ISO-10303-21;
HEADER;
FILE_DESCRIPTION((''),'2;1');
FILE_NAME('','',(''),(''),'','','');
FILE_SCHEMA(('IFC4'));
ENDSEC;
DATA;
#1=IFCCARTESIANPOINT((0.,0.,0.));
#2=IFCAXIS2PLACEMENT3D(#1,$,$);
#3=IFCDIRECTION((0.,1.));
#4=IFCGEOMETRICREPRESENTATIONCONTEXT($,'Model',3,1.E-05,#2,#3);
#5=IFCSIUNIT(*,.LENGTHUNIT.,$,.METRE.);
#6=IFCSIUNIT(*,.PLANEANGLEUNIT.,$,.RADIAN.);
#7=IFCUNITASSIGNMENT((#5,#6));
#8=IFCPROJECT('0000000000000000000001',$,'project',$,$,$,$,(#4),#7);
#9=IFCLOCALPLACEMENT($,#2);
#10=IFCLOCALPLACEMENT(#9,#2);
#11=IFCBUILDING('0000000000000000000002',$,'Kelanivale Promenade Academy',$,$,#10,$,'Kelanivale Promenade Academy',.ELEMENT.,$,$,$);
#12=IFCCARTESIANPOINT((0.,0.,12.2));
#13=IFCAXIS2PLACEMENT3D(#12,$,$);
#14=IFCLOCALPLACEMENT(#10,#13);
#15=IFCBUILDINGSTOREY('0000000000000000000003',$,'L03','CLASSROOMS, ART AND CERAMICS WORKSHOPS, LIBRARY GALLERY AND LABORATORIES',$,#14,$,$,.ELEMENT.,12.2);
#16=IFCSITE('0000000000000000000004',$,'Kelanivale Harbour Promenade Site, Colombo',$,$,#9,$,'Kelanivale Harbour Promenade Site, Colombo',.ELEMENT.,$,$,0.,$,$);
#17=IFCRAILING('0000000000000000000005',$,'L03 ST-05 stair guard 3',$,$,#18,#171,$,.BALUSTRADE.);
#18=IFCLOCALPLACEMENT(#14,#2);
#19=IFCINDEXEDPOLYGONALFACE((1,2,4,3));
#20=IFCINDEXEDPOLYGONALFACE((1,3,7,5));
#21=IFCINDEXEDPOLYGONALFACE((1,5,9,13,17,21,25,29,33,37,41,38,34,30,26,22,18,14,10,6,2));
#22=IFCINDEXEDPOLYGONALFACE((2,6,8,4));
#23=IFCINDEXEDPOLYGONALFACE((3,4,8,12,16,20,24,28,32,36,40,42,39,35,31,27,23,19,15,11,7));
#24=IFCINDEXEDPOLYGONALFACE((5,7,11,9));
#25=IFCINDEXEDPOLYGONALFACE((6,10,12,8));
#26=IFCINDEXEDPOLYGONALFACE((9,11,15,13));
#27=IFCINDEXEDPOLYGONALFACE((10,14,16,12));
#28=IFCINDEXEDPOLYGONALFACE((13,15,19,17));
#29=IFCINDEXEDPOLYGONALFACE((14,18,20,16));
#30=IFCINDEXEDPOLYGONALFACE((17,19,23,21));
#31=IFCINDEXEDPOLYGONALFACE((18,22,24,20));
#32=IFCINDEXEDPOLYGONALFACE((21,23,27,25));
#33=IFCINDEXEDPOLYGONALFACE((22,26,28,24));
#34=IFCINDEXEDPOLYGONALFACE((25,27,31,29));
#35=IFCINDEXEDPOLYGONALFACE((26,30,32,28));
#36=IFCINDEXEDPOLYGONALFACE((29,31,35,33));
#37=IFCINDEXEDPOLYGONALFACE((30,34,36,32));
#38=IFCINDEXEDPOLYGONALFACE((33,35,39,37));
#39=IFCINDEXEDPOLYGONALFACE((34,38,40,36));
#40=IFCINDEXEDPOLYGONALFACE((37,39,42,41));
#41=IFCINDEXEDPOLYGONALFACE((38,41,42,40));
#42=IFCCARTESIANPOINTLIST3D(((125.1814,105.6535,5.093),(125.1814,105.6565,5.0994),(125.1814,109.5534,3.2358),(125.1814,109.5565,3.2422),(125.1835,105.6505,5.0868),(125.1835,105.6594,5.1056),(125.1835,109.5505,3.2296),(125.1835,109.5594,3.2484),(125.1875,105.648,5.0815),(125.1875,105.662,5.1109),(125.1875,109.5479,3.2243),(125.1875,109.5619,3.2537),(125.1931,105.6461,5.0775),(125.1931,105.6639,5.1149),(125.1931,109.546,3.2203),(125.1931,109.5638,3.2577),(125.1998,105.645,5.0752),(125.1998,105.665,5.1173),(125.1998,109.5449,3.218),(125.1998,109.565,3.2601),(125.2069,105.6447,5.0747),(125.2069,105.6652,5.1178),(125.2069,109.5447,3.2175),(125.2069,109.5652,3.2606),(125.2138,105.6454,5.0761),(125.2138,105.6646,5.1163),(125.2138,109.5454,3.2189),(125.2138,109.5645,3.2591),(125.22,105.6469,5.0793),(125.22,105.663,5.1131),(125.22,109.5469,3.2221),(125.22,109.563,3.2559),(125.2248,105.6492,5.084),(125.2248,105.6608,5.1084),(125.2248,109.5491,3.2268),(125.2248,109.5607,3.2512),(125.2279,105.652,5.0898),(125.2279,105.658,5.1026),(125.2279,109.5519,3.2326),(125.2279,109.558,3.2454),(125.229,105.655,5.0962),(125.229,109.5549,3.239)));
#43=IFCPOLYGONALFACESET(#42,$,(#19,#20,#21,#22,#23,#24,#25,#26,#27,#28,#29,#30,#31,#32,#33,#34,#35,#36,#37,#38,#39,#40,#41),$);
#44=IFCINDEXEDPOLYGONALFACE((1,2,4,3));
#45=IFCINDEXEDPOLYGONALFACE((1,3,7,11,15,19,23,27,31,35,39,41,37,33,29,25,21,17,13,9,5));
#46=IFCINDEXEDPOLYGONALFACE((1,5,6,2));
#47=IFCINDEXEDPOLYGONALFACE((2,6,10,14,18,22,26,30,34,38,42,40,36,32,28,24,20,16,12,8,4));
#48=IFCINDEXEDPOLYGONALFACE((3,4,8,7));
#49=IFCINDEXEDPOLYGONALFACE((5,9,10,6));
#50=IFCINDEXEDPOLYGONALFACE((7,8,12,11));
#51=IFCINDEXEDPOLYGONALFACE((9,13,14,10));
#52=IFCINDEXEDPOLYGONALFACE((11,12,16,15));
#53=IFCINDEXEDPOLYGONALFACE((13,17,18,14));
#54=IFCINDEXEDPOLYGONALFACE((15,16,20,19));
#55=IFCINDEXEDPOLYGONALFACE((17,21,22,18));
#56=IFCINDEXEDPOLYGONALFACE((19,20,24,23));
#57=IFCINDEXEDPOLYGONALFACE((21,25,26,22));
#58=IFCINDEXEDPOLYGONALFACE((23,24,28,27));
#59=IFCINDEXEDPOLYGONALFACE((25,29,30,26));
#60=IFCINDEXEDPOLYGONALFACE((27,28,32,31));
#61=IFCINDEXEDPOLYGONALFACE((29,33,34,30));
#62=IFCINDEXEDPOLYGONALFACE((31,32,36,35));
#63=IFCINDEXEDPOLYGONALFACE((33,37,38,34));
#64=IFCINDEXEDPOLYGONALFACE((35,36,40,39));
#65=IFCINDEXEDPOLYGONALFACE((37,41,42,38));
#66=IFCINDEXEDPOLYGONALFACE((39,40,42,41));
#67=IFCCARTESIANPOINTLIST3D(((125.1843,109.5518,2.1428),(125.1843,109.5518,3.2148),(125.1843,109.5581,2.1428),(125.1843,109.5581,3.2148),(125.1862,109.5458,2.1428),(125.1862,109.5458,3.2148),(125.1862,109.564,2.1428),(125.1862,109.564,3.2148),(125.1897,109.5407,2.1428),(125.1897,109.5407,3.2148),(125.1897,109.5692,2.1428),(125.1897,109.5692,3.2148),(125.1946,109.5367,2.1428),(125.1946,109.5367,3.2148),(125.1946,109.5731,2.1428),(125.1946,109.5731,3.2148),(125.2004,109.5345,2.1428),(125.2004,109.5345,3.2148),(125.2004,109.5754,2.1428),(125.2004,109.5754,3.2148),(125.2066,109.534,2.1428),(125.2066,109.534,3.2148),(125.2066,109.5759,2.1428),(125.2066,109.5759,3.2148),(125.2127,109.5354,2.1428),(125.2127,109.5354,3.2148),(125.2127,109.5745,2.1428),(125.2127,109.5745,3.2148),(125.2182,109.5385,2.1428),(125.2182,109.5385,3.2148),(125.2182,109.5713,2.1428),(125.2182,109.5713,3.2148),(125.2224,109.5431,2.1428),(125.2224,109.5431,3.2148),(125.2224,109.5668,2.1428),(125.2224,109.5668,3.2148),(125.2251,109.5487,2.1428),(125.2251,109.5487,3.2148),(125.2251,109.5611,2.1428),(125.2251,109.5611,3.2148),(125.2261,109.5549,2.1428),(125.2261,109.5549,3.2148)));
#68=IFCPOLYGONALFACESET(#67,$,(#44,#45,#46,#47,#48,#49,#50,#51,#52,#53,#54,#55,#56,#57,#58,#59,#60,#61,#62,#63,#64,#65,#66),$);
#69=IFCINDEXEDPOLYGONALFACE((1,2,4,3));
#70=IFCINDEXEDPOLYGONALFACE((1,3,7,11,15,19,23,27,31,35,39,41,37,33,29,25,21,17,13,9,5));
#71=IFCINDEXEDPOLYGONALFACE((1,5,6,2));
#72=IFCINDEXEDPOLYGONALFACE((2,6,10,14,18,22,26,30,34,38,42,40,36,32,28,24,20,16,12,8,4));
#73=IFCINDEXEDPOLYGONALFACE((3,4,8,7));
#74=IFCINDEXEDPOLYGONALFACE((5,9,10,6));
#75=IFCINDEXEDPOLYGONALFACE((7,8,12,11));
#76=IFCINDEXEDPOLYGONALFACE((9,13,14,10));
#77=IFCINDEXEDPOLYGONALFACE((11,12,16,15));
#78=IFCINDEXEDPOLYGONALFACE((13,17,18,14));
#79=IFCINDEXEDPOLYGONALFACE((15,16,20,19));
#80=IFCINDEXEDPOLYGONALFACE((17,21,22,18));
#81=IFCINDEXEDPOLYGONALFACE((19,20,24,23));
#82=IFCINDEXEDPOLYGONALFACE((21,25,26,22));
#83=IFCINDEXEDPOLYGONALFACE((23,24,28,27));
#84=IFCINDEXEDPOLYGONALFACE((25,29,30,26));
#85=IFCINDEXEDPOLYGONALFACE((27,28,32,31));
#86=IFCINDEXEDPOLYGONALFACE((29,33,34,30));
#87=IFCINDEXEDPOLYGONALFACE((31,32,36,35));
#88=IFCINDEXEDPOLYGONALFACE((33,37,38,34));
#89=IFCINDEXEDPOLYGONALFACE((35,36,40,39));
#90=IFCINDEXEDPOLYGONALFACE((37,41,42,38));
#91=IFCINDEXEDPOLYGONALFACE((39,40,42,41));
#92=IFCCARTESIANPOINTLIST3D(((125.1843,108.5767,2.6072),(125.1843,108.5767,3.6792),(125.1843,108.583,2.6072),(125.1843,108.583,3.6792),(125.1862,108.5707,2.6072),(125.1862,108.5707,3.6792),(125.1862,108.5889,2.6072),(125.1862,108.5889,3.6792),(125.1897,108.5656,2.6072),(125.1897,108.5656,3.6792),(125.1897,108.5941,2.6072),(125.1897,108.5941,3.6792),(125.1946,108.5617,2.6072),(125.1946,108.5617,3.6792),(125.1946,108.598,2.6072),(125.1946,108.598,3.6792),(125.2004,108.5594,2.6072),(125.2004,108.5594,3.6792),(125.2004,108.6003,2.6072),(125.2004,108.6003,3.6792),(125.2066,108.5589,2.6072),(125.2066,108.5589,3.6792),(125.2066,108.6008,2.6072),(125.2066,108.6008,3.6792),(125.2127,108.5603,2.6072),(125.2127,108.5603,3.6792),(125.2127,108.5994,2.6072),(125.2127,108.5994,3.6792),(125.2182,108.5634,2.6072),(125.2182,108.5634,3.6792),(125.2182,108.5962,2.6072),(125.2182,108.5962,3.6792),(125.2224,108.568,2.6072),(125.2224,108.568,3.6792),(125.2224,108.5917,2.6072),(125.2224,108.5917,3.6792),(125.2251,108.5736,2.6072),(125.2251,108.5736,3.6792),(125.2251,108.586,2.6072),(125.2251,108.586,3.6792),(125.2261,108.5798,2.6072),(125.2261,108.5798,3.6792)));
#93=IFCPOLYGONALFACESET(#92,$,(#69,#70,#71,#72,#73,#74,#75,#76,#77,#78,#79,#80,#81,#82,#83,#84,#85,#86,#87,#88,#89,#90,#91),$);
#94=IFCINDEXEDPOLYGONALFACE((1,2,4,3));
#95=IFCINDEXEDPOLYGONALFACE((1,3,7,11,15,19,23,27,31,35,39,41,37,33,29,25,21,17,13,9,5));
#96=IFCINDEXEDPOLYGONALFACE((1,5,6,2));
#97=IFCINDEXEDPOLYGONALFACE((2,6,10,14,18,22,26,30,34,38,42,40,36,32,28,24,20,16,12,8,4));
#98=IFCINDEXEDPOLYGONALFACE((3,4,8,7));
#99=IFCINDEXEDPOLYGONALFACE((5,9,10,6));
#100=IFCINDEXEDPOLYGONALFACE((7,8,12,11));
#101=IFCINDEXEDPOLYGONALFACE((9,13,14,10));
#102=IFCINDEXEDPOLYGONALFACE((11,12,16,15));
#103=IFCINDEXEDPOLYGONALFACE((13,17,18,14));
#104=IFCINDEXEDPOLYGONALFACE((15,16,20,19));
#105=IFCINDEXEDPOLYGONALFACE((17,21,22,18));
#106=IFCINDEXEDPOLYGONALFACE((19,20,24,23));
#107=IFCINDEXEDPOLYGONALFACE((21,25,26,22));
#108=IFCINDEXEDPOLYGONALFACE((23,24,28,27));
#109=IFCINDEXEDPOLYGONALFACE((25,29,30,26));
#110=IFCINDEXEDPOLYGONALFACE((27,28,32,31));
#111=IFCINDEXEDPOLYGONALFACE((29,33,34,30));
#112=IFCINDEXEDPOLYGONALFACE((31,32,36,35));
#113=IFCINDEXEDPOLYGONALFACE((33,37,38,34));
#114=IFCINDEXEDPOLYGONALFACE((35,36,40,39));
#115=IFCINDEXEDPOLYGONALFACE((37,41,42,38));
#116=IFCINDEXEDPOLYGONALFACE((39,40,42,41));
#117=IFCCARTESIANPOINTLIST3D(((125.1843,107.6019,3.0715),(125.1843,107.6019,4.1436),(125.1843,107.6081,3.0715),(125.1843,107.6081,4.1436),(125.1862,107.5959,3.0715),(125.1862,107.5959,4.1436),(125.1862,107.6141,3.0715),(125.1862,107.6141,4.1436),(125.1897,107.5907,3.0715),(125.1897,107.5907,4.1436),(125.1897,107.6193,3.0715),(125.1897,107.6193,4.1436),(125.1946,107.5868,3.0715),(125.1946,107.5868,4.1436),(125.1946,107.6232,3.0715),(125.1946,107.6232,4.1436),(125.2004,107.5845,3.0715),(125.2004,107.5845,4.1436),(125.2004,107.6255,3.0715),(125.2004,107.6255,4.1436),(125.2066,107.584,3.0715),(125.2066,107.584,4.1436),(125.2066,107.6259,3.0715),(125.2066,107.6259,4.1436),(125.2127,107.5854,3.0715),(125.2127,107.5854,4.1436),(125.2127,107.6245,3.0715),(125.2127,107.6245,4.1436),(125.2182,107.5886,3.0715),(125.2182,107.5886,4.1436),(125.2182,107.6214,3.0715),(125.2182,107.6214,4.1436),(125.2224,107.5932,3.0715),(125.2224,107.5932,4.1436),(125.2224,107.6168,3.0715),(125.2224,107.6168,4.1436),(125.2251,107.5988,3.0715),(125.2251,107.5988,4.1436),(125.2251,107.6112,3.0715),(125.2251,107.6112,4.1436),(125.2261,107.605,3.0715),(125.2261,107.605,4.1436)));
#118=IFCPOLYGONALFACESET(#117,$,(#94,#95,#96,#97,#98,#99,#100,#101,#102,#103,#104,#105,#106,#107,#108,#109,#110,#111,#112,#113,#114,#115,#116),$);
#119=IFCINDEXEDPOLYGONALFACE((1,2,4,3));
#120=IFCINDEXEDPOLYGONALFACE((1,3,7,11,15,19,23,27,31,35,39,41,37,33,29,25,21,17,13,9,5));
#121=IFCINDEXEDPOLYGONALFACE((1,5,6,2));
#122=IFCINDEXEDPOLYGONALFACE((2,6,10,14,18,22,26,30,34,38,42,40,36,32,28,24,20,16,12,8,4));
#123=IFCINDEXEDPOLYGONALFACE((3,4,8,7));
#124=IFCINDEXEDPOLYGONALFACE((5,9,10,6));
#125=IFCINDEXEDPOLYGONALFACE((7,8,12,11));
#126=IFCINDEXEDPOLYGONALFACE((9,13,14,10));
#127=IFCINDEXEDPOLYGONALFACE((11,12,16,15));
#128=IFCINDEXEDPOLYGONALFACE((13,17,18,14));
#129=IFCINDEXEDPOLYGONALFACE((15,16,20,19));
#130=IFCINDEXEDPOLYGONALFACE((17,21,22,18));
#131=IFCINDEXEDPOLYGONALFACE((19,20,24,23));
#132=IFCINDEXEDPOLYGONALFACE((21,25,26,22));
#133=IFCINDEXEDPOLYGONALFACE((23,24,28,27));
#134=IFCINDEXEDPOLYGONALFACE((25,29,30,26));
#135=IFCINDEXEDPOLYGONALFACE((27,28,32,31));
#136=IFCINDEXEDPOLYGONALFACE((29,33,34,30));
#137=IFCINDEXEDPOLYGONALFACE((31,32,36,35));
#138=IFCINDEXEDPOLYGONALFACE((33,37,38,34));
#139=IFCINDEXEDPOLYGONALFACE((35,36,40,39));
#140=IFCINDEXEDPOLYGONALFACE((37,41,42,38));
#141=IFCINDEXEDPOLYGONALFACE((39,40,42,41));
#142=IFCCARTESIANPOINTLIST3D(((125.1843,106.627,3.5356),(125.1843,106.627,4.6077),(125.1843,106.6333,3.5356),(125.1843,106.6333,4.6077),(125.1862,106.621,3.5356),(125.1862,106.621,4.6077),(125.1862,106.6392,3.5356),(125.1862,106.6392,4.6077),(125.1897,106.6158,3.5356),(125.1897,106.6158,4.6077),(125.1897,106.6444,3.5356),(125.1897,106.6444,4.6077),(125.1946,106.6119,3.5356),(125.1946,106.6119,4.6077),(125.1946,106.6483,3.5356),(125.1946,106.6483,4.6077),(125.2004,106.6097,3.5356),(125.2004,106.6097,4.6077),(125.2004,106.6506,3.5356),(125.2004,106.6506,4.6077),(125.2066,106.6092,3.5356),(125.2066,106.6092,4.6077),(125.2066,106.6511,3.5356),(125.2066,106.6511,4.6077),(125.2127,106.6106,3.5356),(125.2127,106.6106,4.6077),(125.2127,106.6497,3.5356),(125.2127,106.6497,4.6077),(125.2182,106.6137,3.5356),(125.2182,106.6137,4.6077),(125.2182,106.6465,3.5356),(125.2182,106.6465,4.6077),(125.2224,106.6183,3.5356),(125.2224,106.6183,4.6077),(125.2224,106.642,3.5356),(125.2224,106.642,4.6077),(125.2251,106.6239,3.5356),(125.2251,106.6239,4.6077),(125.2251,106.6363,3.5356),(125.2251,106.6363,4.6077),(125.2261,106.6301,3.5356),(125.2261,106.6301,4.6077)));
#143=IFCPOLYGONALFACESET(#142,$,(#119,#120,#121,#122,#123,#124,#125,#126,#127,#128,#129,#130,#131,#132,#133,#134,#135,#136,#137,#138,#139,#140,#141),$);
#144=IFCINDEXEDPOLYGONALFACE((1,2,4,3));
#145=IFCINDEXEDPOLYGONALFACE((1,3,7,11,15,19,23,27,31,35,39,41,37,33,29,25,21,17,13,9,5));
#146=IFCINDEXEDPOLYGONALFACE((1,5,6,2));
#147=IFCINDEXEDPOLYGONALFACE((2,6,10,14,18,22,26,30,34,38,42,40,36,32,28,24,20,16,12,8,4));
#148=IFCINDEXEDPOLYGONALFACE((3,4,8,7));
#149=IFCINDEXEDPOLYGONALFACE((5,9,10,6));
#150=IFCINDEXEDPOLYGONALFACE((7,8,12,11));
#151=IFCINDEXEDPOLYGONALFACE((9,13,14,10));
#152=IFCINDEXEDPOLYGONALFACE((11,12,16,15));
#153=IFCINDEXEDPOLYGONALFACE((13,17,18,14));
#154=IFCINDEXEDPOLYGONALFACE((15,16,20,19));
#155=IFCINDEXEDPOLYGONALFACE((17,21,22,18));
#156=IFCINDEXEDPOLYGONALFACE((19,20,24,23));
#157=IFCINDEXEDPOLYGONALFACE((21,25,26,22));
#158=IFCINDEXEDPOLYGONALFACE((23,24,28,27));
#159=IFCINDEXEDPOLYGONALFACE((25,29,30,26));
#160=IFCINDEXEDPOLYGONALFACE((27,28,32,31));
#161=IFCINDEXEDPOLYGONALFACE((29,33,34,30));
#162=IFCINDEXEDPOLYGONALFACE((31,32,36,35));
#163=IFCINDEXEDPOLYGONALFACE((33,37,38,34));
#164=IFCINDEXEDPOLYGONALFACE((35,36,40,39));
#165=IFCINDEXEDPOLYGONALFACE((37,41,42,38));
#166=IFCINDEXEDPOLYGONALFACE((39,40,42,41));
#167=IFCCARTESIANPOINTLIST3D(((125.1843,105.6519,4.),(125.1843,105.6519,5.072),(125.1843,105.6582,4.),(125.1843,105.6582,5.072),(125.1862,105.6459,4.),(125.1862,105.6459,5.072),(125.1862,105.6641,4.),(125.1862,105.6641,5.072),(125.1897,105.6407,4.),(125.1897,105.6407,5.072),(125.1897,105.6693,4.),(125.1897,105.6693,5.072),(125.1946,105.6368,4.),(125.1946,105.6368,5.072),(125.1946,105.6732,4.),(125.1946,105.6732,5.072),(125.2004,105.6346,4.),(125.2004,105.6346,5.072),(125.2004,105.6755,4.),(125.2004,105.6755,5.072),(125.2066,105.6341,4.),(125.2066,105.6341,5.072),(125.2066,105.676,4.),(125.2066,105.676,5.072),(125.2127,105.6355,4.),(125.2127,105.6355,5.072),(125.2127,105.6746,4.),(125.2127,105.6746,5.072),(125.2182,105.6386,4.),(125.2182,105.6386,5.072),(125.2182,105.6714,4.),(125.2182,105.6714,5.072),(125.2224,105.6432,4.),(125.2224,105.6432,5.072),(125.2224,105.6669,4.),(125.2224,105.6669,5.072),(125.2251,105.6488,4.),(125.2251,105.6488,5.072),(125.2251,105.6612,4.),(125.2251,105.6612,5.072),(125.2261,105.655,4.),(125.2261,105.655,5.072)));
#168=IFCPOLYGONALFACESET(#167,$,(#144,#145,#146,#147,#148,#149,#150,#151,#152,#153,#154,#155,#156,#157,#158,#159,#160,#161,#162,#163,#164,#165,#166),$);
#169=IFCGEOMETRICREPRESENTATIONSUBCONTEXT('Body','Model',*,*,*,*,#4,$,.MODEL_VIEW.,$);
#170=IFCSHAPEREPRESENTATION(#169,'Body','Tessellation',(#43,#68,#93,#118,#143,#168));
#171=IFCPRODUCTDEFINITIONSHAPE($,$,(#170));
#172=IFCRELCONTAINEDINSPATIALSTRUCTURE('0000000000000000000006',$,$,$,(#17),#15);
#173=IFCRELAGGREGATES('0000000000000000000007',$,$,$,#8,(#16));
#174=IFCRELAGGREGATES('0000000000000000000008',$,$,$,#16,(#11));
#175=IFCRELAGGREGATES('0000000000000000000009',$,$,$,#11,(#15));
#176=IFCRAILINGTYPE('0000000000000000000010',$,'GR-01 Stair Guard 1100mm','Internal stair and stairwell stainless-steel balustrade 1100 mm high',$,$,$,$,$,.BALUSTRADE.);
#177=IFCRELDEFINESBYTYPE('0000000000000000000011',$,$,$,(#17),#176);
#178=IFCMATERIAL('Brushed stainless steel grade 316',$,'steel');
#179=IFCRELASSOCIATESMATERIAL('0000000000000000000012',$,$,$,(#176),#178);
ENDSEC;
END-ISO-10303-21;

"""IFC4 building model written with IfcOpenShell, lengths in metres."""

from ifc_helpers import new_model, si_unit, direction, frame, origin, origin_2d, place, context, subcontext, project, spatial, circle, extrude, material, type_object, element, save


model = new_model("IFC4")

# Units and contexts
model_context = context("Model", 3, precision=1e-05, world=origin(), true_north=direction((0.0, 1.0)))
body_context = subcontext(model_context, "Body", "Model", "MODEL_VIEW")
ifc_project = project(units=[si_unit("LENGTHUNIT", "METRE"), si_unit("PLANEANGLEUNIT", "RADIAN")], contexts=[model_context])

# Site, building, storey
site_placement = place(None, origin())
site = spatial("IfcSite", under=ifc_project, at=site_placement, Name="Kelanivale Harbour Promenade Site, Colombo", LongName="Kelanivale Harbour Promenade Site, Colombo", CompositionType="ELEMENT", RefElevation=0.0)
building_placement = place(site_placement, origin())
building = spatial("IfcBuilding", under=site, at=building_placement, Name="Kelanivale Promenade Academy", LongName="Kelanivale Promenade Academy", CompositionType="ELEMENT")
storey_placement = place(building_placement, frame((0.0, 0.0, 12.2)))
storey = spatial("IfcBuildingStorey", under=building, at=storey_placement, Name="L03", Description="CLASSROOMS, ART AND CERAMICS WORKSHOPS, LIBRARY GALLERY AND LABORATORIES", CompositionType="ELEMENT", Elevation=12.2)

# Railing
ifc_material_1 = material(Name="Brushed stainless steel grade 316", Category="steel")
railing_type_1 = type_object("IfcRailingType", Name="GR-01 Stair Guard 1100mm", Description="Internal stair and stairwell stainless-steel balustrade 1100 mm high", PredefinedType="BALUSTRADE", material=ifc_material_1)
railing_1_placement = place(storey_placement, frame((125.2051, 109.5549, 2.1428)))
element("IfcRailing", 1, at=railing_1_placement, inside=storey, type_object=railing_type_1, Name="L03 ST-05 stair guard 3", PredefinedType="BALUSTRADE", context=body_context, shape_type="SweptSolid", body=[
    extrude(circle(Radius=0.0239, at=origin_2d()), frame((0.0, 0.0, 1.0962), z_axis=(0.0, -0.902853, 0.429949), x_axis=(1.0, 0.0, 0.0)), (0.0, 0.0, 1.0), 4.3196),
    extrude(circle(Radius=0.021, at=origin_2d()), origin(), (0.0, 0.0, 1.0), 1.072),
    extrude(circle(Radius=0.021, at=origin_2d()), frame((0.0, -0.9751, 0.4644)), (0.0, 0.0, 1.0), 1.072),
    extrude(circle(Radius=0.021, at=origin_2d()), frame((0.0, -1.95, 0.9287)), (0.0, 0.0, 1.0), 1.072),
    extrude(circle(Radius=0.021, at=origin_2d()), frame((0.0, -2.9248, 1.3928)), (0.0, 0.0, 1.0), 1.072),
    extrude(circle(Radius=0.021, at=origin_2d()), frame((0.0, -3.8999, 1.8572)), (0.0, 0.0, 1.0), 1.072),
])

save(model, "model.ifc")
